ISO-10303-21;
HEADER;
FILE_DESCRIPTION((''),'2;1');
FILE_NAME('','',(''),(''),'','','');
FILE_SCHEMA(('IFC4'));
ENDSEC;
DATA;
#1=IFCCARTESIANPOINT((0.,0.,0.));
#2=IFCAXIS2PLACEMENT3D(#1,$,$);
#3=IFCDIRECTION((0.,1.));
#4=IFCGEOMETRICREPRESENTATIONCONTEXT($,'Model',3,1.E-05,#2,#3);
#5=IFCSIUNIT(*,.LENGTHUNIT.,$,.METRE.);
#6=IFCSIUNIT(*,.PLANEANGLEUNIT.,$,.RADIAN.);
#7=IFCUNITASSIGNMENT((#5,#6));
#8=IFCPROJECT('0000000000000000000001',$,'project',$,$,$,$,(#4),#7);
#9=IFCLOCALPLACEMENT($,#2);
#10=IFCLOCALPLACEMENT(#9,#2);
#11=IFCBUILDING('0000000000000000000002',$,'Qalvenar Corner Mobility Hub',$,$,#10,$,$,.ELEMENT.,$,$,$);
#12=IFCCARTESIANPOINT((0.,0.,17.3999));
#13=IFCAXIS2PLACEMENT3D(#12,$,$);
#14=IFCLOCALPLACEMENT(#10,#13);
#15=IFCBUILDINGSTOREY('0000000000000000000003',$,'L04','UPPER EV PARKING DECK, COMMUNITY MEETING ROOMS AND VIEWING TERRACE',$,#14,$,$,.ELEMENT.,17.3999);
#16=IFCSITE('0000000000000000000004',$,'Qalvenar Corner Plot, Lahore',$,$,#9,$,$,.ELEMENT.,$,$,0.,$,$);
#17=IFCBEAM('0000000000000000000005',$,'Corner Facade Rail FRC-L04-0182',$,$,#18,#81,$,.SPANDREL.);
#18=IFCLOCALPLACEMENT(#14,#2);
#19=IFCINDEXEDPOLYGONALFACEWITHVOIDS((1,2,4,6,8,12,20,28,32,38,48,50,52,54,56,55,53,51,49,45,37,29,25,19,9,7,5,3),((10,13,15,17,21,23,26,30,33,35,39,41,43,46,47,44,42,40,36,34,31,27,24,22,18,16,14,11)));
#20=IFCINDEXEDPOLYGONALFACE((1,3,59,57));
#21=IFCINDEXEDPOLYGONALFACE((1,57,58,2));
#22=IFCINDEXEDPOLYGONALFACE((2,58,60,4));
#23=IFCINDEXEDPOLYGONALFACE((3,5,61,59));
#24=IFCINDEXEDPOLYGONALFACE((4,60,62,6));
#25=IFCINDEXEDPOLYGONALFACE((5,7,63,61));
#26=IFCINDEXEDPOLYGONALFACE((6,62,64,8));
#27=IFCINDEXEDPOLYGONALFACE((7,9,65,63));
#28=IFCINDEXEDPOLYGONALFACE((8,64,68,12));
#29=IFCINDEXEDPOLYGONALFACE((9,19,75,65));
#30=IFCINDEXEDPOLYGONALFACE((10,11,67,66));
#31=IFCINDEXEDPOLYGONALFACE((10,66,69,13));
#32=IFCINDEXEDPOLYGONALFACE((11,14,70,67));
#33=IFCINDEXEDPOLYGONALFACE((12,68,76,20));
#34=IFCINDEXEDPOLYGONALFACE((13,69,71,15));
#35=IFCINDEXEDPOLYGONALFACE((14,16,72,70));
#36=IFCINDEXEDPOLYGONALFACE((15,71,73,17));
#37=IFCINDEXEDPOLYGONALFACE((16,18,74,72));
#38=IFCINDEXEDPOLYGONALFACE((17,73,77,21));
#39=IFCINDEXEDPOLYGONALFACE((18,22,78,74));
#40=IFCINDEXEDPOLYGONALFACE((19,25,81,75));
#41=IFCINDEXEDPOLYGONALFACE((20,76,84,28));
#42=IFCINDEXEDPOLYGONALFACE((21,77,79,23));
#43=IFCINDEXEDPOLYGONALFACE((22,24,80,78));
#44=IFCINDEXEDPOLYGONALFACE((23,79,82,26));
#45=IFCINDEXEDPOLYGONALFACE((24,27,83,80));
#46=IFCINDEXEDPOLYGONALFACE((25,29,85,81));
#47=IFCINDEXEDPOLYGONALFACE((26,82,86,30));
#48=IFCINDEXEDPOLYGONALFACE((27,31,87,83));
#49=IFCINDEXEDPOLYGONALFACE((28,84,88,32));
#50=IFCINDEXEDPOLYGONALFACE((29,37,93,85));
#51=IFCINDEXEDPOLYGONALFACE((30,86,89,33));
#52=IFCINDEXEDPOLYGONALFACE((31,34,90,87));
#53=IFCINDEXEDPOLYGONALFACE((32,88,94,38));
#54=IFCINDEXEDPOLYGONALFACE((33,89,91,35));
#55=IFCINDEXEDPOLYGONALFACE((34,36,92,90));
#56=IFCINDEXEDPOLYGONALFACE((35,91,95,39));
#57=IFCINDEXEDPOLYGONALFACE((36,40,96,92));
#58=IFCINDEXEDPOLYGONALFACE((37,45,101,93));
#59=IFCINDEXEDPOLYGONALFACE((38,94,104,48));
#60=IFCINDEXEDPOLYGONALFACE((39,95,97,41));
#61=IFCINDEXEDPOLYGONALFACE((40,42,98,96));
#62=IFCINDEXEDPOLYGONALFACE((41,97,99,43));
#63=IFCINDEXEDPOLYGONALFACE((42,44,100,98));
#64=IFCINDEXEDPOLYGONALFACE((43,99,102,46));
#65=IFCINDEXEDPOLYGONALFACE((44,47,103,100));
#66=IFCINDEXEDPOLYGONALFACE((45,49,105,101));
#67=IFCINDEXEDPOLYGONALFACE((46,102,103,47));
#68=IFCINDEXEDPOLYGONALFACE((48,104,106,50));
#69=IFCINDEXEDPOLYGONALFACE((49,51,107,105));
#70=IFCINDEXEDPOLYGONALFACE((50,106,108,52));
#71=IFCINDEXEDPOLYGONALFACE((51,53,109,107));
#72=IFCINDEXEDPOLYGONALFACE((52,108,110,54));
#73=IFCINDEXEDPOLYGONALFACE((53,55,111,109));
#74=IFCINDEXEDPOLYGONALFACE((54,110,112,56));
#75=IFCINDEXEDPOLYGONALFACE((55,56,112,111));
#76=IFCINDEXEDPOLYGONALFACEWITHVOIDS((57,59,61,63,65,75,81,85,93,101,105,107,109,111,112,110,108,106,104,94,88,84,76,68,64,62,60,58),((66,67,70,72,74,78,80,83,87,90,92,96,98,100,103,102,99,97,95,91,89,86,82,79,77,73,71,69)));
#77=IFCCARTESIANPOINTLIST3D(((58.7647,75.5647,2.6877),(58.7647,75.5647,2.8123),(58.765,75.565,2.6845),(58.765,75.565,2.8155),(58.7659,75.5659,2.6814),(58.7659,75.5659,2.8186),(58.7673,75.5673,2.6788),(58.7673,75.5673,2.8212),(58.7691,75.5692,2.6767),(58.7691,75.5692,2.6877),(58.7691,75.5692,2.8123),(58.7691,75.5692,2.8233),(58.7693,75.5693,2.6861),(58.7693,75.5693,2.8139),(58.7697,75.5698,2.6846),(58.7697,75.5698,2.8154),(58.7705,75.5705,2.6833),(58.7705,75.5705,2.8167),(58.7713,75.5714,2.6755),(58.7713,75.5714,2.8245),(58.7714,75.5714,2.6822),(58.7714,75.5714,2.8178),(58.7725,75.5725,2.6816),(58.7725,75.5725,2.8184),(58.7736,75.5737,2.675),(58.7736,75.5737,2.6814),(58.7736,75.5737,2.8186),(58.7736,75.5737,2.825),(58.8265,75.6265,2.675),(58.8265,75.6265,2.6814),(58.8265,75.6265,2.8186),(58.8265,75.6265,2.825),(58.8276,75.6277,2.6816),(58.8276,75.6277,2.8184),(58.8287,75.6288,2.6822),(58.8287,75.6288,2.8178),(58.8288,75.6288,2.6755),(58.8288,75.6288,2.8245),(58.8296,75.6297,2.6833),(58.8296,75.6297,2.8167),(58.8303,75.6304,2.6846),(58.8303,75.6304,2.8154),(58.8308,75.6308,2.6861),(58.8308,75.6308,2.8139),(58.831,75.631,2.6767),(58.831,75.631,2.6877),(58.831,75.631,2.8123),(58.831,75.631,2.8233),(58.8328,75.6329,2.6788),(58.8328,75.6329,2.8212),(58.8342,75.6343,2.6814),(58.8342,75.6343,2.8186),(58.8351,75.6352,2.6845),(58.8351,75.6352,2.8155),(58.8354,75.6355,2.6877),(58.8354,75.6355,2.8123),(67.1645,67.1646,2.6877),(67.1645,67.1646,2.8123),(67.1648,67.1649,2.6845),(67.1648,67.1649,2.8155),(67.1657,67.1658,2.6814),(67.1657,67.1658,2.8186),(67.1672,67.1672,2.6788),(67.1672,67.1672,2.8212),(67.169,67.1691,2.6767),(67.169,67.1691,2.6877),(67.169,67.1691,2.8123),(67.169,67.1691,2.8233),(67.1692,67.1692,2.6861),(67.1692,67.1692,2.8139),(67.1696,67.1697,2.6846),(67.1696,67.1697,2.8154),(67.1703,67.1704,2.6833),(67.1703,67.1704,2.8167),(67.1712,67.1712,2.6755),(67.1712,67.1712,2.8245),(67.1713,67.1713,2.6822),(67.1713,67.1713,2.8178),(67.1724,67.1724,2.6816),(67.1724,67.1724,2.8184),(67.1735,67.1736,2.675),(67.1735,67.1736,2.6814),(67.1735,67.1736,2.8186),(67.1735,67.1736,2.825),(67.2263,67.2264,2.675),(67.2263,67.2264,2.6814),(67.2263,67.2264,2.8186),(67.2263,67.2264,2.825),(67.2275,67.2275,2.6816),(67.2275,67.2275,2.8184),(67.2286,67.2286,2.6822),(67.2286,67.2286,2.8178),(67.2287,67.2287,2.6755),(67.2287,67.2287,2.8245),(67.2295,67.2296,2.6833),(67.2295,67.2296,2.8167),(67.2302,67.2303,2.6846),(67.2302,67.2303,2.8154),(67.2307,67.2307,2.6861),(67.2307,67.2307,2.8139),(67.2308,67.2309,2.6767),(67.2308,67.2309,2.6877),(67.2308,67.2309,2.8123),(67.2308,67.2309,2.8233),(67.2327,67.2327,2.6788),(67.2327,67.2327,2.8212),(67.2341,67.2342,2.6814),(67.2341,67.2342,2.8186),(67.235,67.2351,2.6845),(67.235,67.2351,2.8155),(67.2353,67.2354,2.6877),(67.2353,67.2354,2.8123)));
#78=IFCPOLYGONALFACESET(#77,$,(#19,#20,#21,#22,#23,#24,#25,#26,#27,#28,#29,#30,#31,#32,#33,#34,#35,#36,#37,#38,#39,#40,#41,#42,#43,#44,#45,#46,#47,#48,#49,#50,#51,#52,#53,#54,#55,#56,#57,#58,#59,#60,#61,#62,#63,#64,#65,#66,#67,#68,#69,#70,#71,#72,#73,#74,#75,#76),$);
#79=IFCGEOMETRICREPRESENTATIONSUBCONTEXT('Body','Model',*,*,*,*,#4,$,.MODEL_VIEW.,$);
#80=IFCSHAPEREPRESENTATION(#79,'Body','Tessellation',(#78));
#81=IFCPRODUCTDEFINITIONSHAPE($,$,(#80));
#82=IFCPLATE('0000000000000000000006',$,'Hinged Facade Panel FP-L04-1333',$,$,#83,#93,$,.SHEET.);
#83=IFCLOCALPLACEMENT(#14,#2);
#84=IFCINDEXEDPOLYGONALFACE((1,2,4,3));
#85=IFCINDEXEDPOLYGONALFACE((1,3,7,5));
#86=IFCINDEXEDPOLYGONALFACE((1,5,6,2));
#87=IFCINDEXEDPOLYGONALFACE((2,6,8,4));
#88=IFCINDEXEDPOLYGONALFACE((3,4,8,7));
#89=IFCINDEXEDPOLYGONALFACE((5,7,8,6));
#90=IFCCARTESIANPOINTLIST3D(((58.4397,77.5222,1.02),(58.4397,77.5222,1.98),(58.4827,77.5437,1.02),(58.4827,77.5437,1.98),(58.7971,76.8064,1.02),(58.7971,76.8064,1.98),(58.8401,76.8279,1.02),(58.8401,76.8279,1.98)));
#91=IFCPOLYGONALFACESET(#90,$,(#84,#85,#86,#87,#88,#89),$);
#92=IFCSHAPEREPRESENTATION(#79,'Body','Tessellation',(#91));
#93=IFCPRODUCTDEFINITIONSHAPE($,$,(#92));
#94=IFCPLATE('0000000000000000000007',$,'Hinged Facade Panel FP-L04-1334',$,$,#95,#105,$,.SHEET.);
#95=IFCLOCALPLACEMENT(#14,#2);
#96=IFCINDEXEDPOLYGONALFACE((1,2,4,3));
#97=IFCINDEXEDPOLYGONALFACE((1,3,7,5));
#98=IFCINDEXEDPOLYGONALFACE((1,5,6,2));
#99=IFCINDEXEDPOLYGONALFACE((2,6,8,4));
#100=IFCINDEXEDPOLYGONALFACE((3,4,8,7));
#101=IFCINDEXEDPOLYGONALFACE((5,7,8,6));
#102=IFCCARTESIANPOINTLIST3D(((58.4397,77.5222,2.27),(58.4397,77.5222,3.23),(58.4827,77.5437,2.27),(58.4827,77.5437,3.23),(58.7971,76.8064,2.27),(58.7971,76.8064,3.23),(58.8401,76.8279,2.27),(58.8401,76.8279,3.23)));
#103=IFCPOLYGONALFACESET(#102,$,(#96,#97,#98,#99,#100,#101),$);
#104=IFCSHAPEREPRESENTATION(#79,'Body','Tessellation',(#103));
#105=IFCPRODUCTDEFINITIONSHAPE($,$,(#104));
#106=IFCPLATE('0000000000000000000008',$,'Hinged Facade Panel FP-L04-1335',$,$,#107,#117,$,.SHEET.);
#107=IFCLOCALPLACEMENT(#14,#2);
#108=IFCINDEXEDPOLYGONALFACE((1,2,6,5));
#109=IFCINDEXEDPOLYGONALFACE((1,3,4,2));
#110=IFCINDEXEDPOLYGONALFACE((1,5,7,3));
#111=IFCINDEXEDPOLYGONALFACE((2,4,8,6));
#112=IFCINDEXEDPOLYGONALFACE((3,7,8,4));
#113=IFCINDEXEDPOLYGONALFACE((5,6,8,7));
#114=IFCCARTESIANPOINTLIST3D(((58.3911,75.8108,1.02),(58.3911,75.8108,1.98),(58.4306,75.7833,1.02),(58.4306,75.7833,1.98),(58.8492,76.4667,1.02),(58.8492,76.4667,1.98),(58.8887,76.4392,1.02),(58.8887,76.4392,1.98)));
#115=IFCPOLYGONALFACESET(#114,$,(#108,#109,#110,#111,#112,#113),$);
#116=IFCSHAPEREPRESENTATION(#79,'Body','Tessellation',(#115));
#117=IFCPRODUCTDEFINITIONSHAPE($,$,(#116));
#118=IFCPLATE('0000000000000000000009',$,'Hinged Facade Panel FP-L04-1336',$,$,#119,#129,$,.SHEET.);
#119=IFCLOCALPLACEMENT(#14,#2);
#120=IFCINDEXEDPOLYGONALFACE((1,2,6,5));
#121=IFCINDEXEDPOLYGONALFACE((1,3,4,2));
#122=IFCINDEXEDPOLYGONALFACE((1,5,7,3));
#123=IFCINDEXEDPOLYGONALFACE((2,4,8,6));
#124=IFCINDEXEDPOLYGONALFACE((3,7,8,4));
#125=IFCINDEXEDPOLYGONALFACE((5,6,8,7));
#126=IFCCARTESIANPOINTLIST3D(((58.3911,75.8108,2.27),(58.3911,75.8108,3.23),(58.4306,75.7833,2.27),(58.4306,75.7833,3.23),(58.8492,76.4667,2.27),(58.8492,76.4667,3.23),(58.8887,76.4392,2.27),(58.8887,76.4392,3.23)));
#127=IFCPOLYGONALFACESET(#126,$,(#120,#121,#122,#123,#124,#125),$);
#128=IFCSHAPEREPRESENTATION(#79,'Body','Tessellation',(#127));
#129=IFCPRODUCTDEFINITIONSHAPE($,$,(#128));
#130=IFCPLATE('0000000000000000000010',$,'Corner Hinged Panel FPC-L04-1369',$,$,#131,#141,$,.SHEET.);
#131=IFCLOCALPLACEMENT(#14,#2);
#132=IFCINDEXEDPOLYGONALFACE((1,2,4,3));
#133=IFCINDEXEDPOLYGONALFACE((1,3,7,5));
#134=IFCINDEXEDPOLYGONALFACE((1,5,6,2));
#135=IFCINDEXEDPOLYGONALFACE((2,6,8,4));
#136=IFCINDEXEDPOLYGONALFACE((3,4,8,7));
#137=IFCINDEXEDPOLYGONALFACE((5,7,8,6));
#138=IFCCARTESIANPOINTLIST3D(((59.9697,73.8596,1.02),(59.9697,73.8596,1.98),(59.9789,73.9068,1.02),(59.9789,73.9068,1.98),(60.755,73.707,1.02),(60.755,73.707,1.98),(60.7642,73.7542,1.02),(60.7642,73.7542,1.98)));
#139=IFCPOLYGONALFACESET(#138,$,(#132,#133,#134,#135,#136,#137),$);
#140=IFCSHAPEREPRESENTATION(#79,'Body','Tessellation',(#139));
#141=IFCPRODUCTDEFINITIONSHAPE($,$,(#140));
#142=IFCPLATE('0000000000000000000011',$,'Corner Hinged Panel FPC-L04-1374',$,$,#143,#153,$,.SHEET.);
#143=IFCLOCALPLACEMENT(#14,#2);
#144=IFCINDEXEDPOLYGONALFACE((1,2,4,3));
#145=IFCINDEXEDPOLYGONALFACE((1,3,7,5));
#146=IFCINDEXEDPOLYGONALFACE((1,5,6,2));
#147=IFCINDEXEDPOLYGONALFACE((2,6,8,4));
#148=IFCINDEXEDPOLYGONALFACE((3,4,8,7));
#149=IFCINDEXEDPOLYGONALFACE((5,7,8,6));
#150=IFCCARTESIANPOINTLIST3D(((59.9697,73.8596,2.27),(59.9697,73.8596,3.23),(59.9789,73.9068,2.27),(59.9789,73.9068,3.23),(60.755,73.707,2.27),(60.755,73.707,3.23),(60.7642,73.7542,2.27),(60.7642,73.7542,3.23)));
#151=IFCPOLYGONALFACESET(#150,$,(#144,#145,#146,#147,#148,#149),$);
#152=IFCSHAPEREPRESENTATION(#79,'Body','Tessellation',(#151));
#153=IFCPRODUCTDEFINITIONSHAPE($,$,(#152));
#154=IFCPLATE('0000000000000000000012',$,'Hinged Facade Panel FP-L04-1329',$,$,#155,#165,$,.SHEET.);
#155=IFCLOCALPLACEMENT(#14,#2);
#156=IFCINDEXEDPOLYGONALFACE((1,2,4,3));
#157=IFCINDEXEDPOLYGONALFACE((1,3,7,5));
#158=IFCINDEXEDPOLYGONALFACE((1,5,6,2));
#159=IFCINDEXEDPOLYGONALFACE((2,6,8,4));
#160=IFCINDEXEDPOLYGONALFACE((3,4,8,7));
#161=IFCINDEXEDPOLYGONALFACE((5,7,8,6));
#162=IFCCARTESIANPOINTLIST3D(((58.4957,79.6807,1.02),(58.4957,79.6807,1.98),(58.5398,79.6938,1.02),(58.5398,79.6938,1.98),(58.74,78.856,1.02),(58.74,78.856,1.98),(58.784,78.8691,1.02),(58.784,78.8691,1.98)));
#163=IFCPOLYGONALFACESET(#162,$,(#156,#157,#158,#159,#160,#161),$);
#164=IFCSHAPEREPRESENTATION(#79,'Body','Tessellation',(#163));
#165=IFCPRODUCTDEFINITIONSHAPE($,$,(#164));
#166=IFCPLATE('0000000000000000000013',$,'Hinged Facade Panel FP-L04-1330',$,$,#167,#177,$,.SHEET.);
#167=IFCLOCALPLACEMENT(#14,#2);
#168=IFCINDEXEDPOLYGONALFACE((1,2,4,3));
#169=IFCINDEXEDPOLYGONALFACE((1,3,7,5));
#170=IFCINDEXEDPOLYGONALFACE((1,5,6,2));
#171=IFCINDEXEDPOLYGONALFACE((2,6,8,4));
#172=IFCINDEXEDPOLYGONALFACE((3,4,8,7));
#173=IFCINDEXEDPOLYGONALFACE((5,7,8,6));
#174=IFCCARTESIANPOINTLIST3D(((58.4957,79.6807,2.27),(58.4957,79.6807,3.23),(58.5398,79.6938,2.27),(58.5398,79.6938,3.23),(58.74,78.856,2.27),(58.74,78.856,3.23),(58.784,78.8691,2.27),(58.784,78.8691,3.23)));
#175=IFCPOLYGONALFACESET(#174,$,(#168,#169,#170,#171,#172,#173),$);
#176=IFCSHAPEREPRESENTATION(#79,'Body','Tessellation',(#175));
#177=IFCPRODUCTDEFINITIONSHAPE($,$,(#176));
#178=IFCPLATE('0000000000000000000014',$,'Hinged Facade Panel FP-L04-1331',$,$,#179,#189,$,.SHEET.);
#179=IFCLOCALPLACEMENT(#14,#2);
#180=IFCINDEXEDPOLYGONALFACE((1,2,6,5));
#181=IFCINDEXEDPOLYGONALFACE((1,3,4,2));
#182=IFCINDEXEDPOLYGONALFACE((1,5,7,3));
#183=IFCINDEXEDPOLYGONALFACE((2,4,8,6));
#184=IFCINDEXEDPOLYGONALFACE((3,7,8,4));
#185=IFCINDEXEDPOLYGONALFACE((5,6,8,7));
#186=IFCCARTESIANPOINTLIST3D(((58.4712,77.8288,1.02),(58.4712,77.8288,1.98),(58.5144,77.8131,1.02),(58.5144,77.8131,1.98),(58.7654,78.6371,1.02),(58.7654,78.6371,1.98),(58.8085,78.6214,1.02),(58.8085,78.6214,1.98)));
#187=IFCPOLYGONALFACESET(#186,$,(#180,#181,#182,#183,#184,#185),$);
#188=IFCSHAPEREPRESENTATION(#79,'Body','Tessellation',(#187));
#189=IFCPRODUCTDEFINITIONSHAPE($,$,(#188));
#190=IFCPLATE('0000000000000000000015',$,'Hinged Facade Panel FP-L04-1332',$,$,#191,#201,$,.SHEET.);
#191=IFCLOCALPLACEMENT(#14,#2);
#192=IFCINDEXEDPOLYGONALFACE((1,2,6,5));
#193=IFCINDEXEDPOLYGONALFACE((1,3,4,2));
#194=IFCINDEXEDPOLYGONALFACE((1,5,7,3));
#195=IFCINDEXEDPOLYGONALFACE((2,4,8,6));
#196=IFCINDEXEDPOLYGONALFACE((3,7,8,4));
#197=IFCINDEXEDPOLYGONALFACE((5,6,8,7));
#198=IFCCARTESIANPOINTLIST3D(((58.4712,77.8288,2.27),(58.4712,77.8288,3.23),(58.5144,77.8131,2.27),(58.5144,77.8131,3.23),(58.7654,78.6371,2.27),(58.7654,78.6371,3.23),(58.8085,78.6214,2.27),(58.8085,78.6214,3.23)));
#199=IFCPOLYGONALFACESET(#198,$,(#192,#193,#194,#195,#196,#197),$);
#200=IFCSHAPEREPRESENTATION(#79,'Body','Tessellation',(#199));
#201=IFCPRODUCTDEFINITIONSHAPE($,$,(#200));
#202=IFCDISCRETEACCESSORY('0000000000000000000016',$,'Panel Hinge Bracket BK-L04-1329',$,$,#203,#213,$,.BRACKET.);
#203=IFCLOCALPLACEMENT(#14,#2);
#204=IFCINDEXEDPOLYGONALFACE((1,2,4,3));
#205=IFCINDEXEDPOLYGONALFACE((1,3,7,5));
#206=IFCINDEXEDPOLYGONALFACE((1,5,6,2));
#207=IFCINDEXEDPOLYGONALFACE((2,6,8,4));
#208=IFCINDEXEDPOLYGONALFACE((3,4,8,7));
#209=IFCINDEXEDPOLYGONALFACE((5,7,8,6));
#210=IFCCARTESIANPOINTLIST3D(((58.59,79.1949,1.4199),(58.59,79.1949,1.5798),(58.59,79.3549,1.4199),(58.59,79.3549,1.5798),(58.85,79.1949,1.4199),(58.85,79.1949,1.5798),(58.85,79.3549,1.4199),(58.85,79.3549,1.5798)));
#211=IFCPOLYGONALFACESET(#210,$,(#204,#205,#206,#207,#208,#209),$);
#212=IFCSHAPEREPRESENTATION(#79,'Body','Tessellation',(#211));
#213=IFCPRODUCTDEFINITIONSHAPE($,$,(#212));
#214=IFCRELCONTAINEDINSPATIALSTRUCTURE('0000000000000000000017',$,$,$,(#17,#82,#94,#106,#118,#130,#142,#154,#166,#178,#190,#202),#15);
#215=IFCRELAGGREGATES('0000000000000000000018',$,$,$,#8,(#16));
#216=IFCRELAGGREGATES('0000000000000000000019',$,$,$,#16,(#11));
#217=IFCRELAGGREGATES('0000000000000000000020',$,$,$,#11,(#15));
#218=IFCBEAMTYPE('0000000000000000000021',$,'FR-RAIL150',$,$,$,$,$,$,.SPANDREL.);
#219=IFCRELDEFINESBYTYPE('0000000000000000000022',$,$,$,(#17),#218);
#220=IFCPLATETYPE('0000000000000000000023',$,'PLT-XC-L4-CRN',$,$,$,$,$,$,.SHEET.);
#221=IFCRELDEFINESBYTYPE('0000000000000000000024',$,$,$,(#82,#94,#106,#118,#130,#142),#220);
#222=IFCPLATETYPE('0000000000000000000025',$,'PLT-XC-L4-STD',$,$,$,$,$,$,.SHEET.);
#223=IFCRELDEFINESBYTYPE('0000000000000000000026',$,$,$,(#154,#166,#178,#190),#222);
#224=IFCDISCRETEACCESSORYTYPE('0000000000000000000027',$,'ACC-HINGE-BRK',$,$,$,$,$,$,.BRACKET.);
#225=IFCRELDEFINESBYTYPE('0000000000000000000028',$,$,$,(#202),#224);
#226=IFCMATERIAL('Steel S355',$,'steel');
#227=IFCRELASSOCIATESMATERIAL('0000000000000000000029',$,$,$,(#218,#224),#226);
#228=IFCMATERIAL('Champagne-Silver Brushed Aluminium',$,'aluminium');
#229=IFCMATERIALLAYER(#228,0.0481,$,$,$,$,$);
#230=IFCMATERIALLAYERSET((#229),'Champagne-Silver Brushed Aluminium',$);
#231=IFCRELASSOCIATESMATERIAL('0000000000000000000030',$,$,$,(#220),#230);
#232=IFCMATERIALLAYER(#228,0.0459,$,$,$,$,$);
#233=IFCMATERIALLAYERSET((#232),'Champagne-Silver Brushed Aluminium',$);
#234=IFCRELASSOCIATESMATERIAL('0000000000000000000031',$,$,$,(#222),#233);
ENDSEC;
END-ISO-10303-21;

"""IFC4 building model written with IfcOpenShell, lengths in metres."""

from ifc_helpers import new_model, si_unit, direction, frame, origin, origin_2d, place, context, subcontext, project, spatial, rectangle, hollow_rectangle, extrude, material, layer, layer_set, material_profile, profile_set, type_object, element, save


model = new_model("IFC4")

# Units and contexts
model_context = context("Model", 3, precision=1e-05, world=origin(), true_north=direction((0.0, 1.0)))
body_context = subcontext(model_context, "Body", "Model", "MODEL_VIEW")
ifc_project = project(units=[si_unit("LENGTHUNIT", "METRE"), si_unit("PLANEANGLEUNIT", "RADIAN")], contexts=[model_context])

# Site, building, storey
site_placement = place(None, origin())
site = spatial("IfcSite", under=ifc_project, at=site_placement, Name="Qalvenar Corner Plot, Lahore", CompositionType="ELEMENT", RefElevation=0.0)
building_placement = place(site_placement, origin())
building = spatial("IfcBuilding", under=site, at=building_placement, Name="Qalvenar Corner Mobility Hub", CompositionType="ELEMENT")
storey_placement = place(building_placement, frame((0.0, 0.0, 17.3999)))
storey = spatial("IfcBuildingStorey", under=building, at=storey_placement, Name="L04", Description="UPPER EV PARKING DECK, COMMUNITY MEETING ROOMS AND VIEWING TERRACE", CompositionType="ELEMENT", Elevation=17.3999)

# Shared definitions
ifc_material_1 = material(Name="Steel S355", Category="steel")

# Beam
ifc_material_profile_1 = material_profile(ifc_material_1, hollow_rectangle(XDim=0.1001, YDim=0.1499, WallThickness=0.0063, InnerFilletRadius=0.0063, OuterFilletRadius=0.0127, at=origin_2d()), Name="RHS150x100x6.3")
ifc_profile_set_1 = profile_set([ifc_material_profile_1], Name="Steel S355")
beam_type_1 = type_object("IfcBeamType", Name="FR-RAIL150", PredefinedType="SPANDREL", material=ifc_profile_set_1)
for number, where, z_axis, x_axis, name in (
    (1, (58.8, 75.6001, 2.75), (0.707097, -0.707117, 0.0), (0.707117, 0.707097, 0.0), "Corner Facade Rail FRC-L04-0182"),
):
    element("IfcBeam", number, at=place(storey_placement, frame(where, z_axis=z_axis, x_axis=x_axis)), inside=storey, type_object=beam_type_1, Name=name, PredefinedType="SPANDREL", context=body_context, shape_type="SweptSolid", body=[
        extrude(hollow_rectangle(XDim=0.1001, YDim=0.1499, WallThickness=0.0063, InnerFilletRadius=0.0063, OuterFilletRadius=0.0127, at=origin_2d()), origin(), (0.0, 0.0, 1.0), 11.8794),
    ])

# Plates
ifc_material_2 = material(Name="Champagne-Silver Brushed Aluminium", Category="aluminium")
ifc_layer_1 = layer(ifc_material_2, 0.0481)
ifc_layer_set_1 = layer_set([ifc_layer_1], Name="Champagne-Silver Brushed Aluminium")
plate_type_1 = type_object("IfcPlateType", Name="PLT-XC-L4-CRN", PredefinedType="SHEET", material=ifc_layer_set_1)
for number, where, z_axis, x_axis, name in (
    (2, (58.6399, 77.175, 1.02), (0.0, 0.0, 1.0), (0.446666, -0.894701, 0.0), "Hinged Facade Panel FP-L04-1333"),
    (3, (58.6399, 77.175, 2.27), (0.0, 0.0, 1.0), (0.446666, -0.894701, 0.0), "Hinged Facade Panel FP-L04-1334"),
    (4, (58.6399, 76.125, 1.02), (0.0, 0.0, 1.0), (-0.572575, -0.819852, 0.0), "Hinged Facade Panel FP-L04-1335"),
    (5, (58.6399, 76.125, 2.27), (0.0, 0.0, 1.0), (-0.572575, -0.819852, 0.0), "Hinged Facade Panel FP-L04-1336"),
    (6, (60.3669, 73.8069, 1.02), (0.0, 0.0, 1.0), (0.981627, -0.190809, 0.0), "Corner Hinged Panel FPC-L04-1369"),
    (7, (60.3669, 73.8069, 2.27), (0.0, 0.0, 1.0), (0.981627, -0.190809, 0.0), "Corner Hinged Panel FPC-L04-1374"),
):
    element("IfcPlate", number, at=place(storey_placement, frame(where, z_axis=z_axis, x_axis=x_axis)), inside=storey, type_object=plate_type_1, Name=name, PredefinedType="SHEET", context=body_context, shape_type="SweptSolid", body=[
        extrude(rectangle(XDim=0.8, YDim=0.0481, at=origin_2d()), origin(), (0.0, 0.0, 1.0), 0.96),
    ])
ifc_layer_2 = layer(ifc_material_2, 0.0459)
ifc_layer_set_2 = layer_set([ifc_layer_2], Name="Champagne-Silver Brushed Aluminium")
plate_type_2 = type_object("IfcPlateType", Name="PLT-XC-L4-STD", PredefinedType="SHEET", material=ifc_layer_set_2)
for number, where, z_axis, x_axis, name in (
    (8, (58.6399, 79.2749, 1.02), (0.0, 0.0, 1.0), (0.284015, -0.95882, 0.0), "Hinged Facade Panel FP-L04-1329"),
    (9, (58.6399, 79.2749, 2.27), (0.0, 0.0, 1.0), (0.284015, -0.95882, 0.0), "Hinged Facade Panel FP-L04-1330"),
    (10, (58.6399, 78.2251, 1.02), (0.0, 0.0, 1.0), (-0.34202, -0.939693, 0.0), "Hinged Facade Panel FP-L04-1331"),
    (11, (58.6399, 78.2251, 2.27), (0.0, 0.0, 1.0), (-0.34202, -0.939693, 0.0), "Hinged Facade Panel FP-L04-1332"),
):
    element("IfcPlate", number, at=place(storey_placement, frame(where, z_axis=z_axis, x_axis=x_axis)), inside=storey, type_object=plate_type_2, Name=name, PredefinedType="SHEET", context=body_context, shape_type="SweptSolid", body=[
        extrude(rectangle(XDim=0.8601, YDim=0.0459, at=origin_2d()), origin(), (0.0, 0.0, 1.0), 0.96),
    ])

# Discrete accessory
discrete_accessory_type = type_object("IfcDiscreteAccessoryType", Name="ACC-HINGE-BRK", PredefinedType="BRACKET", material=ifc_material_1)
for number, where, z_axis, x_axis, name in (
    (12, (58.72, 79.2749, 1.4199), (0.0, 0.0, 1.0), (0.0, -1.0, 0.0), "Panel Hinge Bracket BK-L04-1329"),
):
    element("IfcDiscreteAccessory", number, at=place(storey_placement, frame(where, z_axis=z_axis, x_axis=x_axis)), inside=storey, type_object=discrete_accessory_type, Name=name, PredefinedType="BRACKET", context=body_context, shape_type="SweptSolid", body=[
        extrude(rectangle(XDim=0.1599, YDim=0.26, at=origin_2d()), origin(), (0.0, 0.0, 1.0), 0.1599),
    ])

save(model, "model.ifc")
